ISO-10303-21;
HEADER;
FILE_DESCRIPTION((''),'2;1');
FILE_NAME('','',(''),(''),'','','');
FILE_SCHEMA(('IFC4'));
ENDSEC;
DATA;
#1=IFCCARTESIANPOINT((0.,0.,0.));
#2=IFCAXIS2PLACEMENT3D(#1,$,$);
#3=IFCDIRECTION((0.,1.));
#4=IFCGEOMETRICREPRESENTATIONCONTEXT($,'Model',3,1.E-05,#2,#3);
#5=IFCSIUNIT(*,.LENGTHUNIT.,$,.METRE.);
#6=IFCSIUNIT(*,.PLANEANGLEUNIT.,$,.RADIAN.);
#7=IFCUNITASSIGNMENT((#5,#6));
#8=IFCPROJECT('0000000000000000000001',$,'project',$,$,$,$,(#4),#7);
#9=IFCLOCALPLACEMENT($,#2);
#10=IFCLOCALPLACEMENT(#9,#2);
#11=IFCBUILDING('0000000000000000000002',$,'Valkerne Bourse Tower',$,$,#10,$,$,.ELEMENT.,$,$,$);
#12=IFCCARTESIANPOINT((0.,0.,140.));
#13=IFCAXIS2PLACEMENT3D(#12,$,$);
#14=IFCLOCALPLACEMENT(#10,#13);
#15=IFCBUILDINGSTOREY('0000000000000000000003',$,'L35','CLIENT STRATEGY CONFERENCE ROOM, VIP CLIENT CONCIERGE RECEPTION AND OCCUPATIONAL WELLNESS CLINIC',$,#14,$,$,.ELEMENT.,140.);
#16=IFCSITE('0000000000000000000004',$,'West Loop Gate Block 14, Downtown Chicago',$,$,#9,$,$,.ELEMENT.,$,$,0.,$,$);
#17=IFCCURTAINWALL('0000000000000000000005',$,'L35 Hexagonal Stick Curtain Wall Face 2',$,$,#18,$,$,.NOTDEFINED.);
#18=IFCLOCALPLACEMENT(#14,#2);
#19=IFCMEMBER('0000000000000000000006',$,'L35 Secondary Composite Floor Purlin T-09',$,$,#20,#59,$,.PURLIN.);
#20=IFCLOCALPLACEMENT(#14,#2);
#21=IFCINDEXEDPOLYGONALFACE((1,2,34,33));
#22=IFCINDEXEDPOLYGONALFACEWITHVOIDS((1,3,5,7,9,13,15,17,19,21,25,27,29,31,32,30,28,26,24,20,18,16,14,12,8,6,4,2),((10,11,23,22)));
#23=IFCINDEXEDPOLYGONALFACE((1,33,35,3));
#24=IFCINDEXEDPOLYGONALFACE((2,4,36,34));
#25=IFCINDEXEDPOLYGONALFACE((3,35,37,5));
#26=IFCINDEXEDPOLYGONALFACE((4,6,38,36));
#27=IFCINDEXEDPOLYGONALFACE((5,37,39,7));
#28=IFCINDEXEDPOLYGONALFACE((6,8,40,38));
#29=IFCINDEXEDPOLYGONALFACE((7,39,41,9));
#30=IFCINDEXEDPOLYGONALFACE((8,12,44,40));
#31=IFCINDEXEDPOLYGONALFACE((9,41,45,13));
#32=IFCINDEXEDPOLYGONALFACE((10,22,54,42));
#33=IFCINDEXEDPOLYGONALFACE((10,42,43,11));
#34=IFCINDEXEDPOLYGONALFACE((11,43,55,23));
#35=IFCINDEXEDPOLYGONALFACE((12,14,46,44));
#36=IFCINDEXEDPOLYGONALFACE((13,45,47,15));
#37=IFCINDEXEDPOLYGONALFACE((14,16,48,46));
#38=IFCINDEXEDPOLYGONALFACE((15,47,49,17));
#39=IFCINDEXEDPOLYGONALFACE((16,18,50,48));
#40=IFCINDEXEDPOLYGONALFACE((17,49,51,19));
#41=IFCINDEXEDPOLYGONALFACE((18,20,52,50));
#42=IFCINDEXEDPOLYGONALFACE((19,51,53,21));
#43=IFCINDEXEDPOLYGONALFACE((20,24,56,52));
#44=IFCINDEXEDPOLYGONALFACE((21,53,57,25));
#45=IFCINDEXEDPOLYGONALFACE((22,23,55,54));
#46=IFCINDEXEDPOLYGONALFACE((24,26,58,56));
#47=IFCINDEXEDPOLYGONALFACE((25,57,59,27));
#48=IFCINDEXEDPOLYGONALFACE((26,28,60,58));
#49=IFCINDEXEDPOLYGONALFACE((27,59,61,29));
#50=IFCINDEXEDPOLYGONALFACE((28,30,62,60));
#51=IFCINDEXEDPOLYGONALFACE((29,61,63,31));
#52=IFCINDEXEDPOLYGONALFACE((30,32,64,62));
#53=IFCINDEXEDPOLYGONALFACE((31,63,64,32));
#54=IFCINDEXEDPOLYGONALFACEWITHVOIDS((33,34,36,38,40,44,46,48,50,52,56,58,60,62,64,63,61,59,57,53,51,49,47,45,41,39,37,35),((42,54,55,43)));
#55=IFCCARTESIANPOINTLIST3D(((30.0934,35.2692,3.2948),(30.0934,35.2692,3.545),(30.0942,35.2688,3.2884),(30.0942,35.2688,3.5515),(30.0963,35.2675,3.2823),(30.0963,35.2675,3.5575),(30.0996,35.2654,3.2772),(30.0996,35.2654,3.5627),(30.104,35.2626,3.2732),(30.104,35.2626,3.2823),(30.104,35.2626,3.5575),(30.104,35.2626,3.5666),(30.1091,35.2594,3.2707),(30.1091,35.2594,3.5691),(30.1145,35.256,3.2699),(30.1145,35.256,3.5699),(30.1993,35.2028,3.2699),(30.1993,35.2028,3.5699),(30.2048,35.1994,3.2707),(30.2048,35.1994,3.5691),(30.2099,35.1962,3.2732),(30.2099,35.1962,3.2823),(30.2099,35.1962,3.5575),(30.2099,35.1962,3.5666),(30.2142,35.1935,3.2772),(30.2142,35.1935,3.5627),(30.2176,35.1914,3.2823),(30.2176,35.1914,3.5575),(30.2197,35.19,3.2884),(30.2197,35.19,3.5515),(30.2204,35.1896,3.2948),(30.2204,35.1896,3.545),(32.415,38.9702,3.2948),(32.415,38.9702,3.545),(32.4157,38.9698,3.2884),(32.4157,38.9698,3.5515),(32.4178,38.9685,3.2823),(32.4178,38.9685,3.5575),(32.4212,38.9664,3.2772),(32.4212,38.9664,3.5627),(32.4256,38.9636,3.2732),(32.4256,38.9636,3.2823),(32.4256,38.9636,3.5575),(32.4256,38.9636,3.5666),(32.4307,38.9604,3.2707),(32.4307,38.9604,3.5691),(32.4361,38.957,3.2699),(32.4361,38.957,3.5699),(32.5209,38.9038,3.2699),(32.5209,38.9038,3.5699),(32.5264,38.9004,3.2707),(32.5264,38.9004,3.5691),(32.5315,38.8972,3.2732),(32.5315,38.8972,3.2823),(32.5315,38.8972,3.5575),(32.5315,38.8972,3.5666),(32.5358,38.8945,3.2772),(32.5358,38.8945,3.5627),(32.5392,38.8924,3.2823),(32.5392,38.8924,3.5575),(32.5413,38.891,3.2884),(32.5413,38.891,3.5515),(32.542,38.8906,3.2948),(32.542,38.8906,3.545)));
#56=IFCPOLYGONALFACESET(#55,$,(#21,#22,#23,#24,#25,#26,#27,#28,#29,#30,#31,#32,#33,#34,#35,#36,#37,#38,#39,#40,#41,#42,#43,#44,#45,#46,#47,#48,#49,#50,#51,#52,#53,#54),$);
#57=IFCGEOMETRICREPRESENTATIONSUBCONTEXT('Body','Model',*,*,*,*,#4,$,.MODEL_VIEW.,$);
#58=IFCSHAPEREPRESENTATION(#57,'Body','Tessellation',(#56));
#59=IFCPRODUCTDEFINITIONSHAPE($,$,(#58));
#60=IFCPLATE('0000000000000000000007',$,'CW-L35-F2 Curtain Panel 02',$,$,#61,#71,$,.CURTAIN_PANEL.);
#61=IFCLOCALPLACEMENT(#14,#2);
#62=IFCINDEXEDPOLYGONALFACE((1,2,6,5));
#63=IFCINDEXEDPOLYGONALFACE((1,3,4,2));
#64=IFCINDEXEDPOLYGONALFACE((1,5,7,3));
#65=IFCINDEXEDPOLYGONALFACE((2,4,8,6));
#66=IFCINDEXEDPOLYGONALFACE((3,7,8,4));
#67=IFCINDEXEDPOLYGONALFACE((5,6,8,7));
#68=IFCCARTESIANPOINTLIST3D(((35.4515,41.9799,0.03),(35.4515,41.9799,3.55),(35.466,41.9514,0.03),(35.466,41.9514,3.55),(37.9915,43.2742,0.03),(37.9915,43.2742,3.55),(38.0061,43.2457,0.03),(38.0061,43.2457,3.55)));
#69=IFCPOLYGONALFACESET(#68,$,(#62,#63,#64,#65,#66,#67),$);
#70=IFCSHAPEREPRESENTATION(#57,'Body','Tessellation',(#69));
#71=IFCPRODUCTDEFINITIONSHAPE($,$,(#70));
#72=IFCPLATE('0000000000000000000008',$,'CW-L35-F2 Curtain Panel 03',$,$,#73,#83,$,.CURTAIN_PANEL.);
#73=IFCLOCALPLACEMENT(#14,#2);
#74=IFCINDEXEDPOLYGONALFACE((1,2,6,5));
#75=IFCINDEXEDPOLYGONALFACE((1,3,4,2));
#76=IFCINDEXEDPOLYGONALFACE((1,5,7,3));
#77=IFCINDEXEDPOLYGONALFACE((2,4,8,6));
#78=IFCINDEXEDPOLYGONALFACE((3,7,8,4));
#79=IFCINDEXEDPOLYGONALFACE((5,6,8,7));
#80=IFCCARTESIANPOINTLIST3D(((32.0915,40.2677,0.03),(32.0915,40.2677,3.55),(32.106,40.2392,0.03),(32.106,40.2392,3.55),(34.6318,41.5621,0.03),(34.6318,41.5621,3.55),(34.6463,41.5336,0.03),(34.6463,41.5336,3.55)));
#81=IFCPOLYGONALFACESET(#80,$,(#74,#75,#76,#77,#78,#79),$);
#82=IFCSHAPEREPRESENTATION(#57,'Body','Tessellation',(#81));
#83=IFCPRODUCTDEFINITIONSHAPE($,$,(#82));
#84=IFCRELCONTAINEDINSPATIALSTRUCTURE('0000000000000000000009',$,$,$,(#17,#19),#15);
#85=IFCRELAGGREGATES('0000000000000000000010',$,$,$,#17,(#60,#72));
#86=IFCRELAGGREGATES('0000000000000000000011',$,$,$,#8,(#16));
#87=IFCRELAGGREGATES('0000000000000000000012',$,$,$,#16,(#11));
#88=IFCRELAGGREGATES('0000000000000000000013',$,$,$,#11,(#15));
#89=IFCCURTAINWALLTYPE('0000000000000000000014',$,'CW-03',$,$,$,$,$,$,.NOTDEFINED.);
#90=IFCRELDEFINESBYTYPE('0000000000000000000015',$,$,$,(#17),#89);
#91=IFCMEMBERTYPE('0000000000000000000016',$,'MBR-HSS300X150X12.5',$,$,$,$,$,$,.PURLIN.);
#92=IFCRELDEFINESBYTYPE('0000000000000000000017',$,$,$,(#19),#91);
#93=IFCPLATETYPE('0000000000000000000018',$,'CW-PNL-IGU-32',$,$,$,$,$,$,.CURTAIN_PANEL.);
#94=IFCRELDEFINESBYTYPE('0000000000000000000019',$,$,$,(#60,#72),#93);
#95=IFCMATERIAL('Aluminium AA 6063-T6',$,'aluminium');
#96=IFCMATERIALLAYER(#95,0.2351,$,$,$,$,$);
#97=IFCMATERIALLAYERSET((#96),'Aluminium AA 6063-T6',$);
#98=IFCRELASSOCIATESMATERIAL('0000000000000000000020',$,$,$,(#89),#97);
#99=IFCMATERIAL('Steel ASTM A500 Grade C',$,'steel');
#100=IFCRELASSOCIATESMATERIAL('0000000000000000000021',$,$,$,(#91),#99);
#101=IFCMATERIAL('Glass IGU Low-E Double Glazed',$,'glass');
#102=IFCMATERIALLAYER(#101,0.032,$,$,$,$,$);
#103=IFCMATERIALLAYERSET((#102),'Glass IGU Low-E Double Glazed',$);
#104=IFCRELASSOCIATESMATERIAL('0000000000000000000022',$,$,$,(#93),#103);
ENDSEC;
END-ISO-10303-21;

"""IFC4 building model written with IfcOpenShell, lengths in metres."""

from ifc_helpers import new_model, si_unit, direction, frame, origin, origin_2d, place, context, subcontext, project, spatial, rectangle, hollow_rectangle, extrude, material, layer, layer_set, material_profile, profile_set, type_object, element, aggregate, save


model = new_model("IFC4")

# Units and contexts
model_context = context("Model", 3, precision=1e-05, world=origin(), true_north=direction((0.0, 1.0)))
body_context = subcontext(model_context, "Body", "Model", "MODEL_VIEW")
ifc_project = project(units=[si_unit("LENGTHUNIT", "METRE"), si_unit("PLANEANGLEUNIT", "RADIAN")], contexts=[model_context])

# Site, building, storey
site_placement = place(None, origin())
site = spatial("IfcSite", under=ifc_project, at=site_placement, Name="West Loop Gate Block 14, Downtown Chicago", CompositionType="ELEMENT", RefElevation=0.0)
building_placement = place(site_placement, origin())
building = spatial("IfcBuilding", under=site, at=building_placement, Name="Valkerne Bourse Tower", CompositionType="ELEMENT")
storey_placement = place(building_placement, frame((0.0, 0.0, 140.0)))
storey = spatial("IfcBuildingStorey", under=building, at=storey_placement, Name="L35", Description="CLIENT STRATEGY CONFERENCE ROOM, VIP CLIENT CONCIERGE RECEPTION AND OCCUPATIONAL WELLNESS CLINIC", CompositionType="ELEMENT", Elevation=140.0)

# Curtain wall
ifc_material_1 = material(Name="Aluminium AA 6063-T6", Category="aluminium")
ifc_layer_1 = layer(ifc_material_1, 0.2351)
ifc_layer_set_1 = layer_set([ifc_layer_1], Name="Aluminium AA 6063-T6")
curtain_wall_type = type_object("IfcCurtainWallType", Name="CW-03", PredefinedType="NOTDEFINED", material=ifc_layer_set_1)
curtain_wall_placement = place(storey_placement, origin())
curtain_wall = element("IfcCurtainWall", 1, at=curtain_wall_placement, inside=storey, type_object=curtain_wall_type, Name="L35 Hexagonal Stick Curtain Wall Face 2", PredefinedType="NOTDEFINED")

# Member
ifc_material_2 = material(Name="Steel ASTM A500 Grade C", Category="steel")
ifc_material_profile_1 = material_profile(ifc_material_2, hollow_rectangle(XDim=0.1499, YDim=0.3, WallThickness=0.0125, OuterFilletRadius=0.0249, at=origin_2d()), Name="HSS300X150X12.5")
ifc_profile_set_1 = profile_set([ifc_material_profile_1], Name="Steel ASTM A500 Grade C")
member_type_1 = type_object("IfcMemberType", Name="MBR-HSS300X150X12.5", PredefinedType="PURLIN", material=ifc_profile_set_1)
member_1_placement = place(storey_placement, frame((32.4785, 38.9304, 3.4199), z_axis=(-0.53139, -0.847128, 0.0), x_axis=(0.847128, -0.53139, 0.0)))
element("IfcMember", 2, at=member_1_placement, inside=storey, type_object=member_type_1, Name="L35 Secondary Composite Floor Purlin T-09", PredefinedType="PURLIN", context=body_context, shape_type="SweptSolid", body=[
    extrude(hollow_rectangle(XDim=0.1499, YDim=0.3, WallThickness=0.0125, OuterFilletRadius=0.0249, at=origin_2d()), origin(), (0.0, 0.0, 1.0), 4.3689),
])

# Plates
ifc_material_3 = material(Name="Glass IGU Low-E Double Glazed", Category="glass")
ifc_layer_2 = layer(ifc_material_3, 0.032)
ifc_layer_set_2 = layer_set([ifc_layer_2], Name="Glass IGU Low-E Double Glazed")
plate_type = type_object("IfcPlateType", Name="CW-PNL-IGU-32", PredefinedType="CURTAIN_PANEL", material=ifc_layer_set_2)
plate_1_placement = place(storey_placement, frame((36.7288, 42.6128, 0.03), z_axis=(0.0, 0.0, 1.0), x_axis=(-0.891002, -0.454, 0.0)))
plate_1 = element("IfcPlate", 3, at=plate_1_placement, type_object=plate_type, Name="CW-L35-F2 Curtain Panel 02", PredefinedType="CURTAIN_PANEL", context=body_context, shape_type="SweptSolid", body=[
    extrude(rectangle(XDim=2.8508, YDim=0.032, at=origin_2d()), origin(), (0.0, 0.0, 1.0), 3.52),
])
plate_2_placement = place(storey_placement, frame((33.3689, 40.9006, 0.03), z_axis=(0.0, 0.0, 1.0), x_axis=(-0.891007, -0.453989, 0.0)))
plate_2 = element("IfcPlate", 4, at=plate_2_placement, type_object=plate_type, Name="CW-L35-F2 Curtain Panel 03", PredefinedType="CURTAIN_PANEL", context=body_context, shape_type="SweptSolid", body=[
    extrude(rectangle(XDim=2.8511, YDim=0.032, at=origin_2d()), origin(), (0.0, 0.0, 1.0), 3.52),
])
aggregate(curtain_wall, [plate_1, plate_2])

save(model, "model.ifc")
